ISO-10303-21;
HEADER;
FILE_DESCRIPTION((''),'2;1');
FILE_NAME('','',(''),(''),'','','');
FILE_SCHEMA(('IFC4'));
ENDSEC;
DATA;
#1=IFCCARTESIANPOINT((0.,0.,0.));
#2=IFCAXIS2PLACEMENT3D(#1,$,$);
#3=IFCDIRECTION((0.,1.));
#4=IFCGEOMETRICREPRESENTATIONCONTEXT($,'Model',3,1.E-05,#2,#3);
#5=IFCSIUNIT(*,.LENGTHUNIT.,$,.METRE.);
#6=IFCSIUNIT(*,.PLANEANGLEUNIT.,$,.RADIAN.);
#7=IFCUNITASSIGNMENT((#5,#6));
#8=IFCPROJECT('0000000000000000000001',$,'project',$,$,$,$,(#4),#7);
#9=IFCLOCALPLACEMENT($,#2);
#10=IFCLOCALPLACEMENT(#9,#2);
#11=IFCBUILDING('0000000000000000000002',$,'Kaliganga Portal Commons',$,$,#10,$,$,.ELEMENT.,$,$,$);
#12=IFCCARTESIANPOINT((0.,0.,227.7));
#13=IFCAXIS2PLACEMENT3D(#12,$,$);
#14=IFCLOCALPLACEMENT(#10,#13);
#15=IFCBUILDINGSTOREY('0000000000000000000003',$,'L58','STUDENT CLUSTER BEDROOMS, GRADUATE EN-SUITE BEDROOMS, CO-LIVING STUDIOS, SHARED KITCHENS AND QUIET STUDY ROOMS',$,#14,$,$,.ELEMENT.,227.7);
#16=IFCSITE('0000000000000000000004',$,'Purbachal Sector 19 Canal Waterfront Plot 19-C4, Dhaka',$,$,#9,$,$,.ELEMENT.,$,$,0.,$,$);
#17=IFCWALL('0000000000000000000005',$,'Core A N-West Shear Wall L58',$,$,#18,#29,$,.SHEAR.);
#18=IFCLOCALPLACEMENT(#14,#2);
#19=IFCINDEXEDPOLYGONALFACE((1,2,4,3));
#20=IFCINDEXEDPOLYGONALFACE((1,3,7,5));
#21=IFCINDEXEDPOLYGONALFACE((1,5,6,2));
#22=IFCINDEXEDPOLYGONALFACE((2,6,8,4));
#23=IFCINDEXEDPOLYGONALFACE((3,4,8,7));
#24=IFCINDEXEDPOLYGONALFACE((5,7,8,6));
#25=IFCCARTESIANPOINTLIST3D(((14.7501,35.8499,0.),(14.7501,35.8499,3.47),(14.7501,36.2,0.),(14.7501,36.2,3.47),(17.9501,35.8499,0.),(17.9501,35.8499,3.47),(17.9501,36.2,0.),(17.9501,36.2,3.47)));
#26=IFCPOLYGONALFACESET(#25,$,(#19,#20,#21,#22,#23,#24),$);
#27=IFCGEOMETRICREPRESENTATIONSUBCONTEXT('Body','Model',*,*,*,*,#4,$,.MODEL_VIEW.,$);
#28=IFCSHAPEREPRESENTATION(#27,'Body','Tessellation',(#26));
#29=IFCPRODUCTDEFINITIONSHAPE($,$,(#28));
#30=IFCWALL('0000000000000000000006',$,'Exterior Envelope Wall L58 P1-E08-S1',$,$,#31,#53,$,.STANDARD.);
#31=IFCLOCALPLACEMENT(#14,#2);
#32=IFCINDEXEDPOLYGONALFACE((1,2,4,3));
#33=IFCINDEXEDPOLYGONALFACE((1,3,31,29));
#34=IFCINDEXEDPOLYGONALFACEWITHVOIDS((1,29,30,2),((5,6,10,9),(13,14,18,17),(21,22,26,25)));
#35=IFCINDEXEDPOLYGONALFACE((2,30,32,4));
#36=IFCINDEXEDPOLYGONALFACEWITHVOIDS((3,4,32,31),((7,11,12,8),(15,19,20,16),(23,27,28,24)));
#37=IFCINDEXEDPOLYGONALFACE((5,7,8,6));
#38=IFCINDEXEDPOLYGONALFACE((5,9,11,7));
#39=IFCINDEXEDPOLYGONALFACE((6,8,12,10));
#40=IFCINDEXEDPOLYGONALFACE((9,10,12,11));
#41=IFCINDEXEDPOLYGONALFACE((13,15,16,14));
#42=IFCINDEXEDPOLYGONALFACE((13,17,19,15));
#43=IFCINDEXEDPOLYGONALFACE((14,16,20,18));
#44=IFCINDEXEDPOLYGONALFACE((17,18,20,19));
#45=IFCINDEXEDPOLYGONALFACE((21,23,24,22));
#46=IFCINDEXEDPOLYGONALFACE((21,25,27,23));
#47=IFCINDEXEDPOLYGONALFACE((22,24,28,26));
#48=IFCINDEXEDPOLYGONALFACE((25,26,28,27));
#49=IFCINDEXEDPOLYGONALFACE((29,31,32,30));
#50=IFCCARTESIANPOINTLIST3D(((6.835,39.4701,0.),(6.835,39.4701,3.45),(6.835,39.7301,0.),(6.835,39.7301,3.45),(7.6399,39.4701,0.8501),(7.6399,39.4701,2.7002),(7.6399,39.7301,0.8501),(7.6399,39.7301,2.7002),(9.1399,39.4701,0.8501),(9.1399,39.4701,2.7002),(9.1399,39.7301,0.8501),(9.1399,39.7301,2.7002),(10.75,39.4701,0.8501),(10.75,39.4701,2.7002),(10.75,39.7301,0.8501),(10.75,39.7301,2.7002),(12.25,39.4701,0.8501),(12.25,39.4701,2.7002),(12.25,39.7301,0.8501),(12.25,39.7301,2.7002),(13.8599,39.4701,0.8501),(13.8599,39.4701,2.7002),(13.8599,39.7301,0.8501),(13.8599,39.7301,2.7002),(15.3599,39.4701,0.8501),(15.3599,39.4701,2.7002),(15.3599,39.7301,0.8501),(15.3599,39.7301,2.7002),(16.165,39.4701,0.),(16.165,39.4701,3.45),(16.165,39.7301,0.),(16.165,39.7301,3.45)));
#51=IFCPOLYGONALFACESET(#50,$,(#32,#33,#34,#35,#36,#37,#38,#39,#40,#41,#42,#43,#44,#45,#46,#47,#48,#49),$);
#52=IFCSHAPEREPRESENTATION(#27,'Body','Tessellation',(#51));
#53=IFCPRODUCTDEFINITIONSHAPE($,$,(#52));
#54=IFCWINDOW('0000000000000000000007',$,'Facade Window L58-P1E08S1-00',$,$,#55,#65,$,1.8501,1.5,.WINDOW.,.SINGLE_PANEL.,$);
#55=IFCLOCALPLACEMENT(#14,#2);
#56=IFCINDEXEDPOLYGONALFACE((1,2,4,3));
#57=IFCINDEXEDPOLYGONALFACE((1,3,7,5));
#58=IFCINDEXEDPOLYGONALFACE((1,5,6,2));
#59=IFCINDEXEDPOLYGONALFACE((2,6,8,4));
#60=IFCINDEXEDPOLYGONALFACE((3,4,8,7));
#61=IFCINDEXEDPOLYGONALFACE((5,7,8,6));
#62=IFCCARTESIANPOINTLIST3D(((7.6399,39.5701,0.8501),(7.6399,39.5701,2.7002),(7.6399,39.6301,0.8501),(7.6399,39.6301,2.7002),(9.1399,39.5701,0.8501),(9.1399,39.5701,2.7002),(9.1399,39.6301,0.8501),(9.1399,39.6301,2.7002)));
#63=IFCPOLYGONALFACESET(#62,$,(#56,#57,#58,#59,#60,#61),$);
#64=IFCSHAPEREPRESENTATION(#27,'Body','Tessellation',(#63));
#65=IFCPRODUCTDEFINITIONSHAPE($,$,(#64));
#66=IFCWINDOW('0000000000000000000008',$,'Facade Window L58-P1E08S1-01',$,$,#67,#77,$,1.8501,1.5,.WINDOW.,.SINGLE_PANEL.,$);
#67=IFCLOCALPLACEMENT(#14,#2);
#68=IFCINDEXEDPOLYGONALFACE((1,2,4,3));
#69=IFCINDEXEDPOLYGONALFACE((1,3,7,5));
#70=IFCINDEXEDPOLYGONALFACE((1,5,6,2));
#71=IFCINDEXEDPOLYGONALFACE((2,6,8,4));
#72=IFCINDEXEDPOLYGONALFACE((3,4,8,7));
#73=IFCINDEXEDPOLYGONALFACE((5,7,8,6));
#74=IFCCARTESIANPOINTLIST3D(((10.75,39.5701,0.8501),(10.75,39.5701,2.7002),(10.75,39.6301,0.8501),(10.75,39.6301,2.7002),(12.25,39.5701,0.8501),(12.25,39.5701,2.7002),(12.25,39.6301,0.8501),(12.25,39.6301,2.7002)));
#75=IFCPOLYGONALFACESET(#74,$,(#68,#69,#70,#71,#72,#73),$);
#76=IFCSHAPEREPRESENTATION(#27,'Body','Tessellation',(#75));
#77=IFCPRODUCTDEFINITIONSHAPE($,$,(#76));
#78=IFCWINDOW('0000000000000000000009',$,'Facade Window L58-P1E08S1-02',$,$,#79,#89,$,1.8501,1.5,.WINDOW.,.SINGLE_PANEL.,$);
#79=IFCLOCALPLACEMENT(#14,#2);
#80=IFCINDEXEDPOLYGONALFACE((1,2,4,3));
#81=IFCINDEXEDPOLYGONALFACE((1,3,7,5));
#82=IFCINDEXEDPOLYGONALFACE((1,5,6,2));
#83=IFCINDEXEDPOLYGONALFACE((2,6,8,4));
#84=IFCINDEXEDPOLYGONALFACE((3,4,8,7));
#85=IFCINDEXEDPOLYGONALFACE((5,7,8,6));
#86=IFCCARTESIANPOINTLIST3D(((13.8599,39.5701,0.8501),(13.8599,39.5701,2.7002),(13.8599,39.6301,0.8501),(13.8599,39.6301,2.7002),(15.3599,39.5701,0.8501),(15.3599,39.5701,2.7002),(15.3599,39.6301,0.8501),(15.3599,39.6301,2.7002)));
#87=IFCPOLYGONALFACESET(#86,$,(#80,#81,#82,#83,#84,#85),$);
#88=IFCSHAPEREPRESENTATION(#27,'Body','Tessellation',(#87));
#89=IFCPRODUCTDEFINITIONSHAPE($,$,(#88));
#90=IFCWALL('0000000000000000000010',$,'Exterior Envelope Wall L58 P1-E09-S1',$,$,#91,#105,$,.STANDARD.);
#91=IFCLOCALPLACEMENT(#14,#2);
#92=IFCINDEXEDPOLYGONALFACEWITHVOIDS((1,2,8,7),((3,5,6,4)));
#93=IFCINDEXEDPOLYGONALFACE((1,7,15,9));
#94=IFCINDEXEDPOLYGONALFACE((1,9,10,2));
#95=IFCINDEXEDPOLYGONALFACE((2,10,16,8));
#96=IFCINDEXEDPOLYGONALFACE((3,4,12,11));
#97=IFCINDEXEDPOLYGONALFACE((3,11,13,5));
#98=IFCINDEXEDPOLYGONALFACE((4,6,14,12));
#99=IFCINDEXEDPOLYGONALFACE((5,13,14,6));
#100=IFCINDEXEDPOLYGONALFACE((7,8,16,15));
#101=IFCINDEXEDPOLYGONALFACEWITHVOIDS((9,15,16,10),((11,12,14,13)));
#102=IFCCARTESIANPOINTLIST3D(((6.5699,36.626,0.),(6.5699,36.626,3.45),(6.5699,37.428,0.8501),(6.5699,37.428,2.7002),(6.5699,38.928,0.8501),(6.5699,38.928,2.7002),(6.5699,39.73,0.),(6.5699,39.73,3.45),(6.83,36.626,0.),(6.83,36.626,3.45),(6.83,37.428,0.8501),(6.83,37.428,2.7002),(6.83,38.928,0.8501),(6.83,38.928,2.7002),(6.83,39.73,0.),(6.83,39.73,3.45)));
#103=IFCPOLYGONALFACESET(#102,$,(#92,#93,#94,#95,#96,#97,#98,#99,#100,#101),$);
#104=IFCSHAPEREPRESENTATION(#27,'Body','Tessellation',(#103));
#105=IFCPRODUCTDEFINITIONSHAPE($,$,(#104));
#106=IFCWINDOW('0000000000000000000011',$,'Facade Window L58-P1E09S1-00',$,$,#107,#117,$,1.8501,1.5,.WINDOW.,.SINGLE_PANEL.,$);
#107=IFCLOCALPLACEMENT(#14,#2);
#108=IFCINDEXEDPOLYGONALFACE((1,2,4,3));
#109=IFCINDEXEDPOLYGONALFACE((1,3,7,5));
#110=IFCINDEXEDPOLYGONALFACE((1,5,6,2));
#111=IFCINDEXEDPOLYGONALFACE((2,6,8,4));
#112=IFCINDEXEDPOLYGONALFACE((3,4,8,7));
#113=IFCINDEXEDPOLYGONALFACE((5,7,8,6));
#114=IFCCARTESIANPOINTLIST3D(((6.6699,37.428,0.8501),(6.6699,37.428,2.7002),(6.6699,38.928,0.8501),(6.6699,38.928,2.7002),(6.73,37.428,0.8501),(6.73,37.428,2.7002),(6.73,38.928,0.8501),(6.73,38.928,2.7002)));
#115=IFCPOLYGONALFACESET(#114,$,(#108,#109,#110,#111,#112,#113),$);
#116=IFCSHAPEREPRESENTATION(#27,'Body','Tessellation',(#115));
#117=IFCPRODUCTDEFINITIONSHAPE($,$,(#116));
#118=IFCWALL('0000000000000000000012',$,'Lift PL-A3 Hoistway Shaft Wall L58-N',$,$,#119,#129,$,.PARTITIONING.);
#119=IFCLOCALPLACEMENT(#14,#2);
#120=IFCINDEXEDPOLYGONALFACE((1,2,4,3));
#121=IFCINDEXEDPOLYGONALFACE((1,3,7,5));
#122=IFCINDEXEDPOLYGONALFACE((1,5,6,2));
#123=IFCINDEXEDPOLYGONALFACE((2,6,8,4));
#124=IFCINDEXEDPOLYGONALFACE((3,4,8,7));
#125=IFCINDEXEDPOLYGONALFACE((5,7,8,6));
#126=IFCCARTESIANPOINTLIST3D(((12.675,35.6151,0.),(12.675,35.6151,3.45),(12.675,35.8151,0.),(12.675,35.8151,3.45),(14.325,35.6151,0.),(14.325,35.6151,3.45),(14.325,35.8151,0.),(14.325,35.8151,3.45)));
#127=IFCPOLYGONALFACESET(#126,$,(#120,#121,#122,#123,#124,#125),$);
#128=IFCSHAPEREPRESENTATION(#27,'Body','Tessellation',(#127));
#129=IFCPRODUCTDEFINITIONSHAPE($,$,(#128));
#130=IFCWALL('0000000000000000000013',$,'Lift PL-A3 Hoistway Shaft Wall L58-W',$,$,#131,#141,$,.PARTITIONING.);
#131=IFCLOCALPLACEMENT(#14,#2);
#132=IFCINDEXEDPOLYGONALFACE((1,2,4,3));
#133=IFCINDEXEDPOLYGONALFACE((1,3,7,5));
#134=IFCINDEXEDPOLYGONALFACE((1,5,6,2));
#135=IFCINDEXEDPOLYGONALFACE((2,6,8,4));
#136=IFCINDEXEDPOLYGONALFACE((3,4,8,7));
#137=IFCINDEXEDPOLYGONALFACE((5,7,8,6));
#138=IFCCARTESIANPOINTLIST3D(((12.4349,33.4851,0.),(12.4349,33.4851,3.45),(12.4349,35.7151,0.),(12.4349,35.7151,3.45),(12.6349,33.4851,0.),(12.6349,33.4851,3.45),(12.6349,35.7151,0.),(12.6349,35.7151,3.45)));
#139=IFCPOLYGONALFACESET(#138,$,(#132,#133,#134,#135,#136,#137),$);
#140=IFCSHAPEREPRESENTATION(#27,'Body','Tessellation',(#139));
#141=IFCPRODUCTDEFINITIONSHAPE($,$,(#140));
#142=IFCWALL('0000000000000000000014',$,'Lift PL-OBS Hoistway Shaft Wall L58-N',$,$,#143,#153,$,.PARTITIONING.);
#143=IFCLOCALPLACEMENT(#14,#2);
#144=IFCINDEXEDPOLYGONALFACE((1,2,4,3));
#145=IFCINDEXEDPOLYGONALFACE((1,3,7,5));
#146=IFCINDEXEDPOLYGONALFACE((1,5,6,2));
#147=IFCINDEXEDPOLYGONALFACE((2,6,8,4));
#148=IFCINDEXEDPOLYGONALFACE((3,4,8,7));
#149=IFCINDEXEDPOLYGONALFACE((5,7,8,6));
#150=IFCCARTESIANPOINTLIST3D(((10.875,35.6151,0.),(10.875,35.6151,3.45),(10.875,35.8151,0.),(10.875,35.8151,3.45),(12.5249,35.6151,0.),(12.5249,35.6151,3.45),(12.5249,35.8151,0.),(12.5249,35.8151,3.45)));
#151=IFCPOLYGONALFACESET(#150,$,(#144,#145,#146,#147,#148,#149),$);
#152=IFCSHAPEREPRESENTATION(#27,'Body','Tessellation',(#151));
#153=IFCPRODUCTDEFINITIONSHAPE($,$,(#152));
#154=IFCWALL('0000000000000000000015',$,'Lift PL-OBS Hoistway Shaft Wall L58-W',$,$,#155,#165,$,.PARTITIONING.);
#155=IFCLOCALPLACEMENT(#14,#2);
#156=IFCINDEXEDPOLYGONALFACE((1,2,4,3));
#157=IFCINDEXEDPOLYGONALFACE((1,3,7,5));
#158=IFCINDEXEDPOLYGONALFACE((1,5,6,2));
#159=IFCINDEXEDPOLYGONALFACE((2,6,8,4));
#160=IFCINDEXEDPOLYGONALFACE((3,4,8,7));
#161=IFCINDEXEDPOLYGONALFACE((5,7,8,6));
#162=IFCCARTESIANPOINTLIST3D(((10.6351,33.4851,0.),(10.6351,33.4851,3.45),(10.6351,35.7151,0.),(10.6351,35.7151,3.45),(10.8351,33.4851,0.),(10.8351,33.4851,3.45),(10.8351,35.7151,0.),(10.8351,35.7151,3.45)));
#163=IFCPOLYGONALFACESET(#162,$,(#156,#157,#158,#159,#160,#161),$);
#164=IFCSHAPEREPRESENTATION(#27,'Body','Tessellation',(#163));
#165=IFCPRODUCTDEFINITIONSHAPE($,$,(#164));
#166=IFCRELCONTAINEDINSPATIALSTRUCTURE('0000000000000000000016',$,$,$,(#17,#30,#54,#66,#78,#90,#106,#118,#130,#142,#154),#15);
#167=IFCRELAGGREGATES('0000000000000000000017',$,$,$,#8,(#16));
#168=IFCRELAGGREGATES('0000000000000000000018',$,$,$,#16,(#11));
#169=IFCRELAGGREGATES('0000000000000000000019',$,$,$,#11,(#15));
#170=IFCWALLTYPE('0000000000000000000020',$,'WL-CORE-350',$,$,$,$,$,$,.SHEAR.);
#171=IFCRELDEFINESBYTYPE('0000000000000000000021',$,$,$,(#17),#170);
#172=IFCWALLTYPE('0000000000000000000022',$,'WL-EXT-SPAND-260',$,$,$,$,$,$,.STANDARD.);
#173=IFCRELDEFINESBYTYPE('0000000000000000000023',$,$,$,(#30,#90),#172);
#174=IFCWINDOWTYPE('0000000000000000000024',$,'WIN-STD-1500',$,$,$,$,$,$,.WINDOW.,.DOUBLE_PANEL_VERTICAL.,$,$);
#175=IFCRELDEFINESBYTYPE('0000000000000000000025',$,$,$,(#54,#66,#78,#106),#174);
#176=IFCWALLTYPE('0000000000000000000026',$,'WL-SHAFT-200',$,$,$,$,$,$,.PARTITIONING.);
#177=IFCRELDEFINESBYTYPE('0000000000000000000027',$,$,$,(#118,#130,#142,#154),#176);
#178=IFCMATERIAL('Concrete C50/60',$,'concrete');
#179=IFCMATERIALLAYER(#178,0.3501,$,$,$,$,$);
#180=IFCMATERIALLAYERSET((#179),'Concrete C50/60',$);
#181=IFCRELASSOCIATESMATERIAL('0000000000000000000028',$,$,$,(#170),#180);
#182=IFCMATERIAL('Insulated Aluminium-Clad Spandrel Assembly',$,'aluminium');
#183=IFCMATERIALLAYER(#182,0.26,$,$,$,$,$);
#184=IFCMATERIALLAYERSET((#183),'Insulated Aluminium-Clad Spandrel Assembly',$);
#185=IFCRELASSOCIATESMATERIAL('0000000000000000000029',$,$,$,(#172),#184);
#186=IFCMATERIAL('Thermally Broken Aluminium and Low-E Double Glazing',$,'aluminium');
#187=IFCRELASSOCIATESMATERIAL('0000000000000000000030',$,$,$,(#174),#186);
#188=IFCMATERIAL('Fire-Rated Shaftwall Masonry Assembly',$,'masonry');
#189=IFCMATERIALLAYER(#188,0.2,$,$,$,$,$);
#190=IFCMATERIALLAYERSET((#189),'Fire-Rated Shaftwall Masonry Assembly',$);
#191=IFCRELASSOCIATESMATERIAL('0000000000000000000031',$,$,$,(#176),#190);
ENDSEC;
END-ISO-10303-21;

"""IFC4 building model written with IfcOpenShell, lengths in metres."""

from ifc_helpers import new_model, si_unit, direction, frame, frame_2d, origin, place, context, subcontext, project, spatial, rectangle, extrude, material, layer, layer_set, type_object, element, fill, save


model = new_model("IFC4")

# Units and contexts
model_context = context("Model", 3, precision=1e-05, world=origin(), true_north=direction((0.0, 1.0)))
body_context = subcontext(model_context, "Body", "Model", "MODEL_VIEW")
ifc_project = project(units=[si_unit("LENGTHUNIT", "METRE"), si_unit("PLANEANGLEUNIT", "RADIAN")], contexts=[model_context])

# Site, building, storey
site_placement = place(None, origin())
site = spatial("IfcSite", under=ifc_project, at=site_placement, Name="Purbachal Sector 19 Canal Waterfront Plot 19-C4, Dhaka", CompositionType="ELEMENT", RefElevation=0.0)
building_placement = place(site_placement, origin())
building = spatial("IfcBuilding", under=site, at=building_placement, Name="Kaliganga Portal Commons", CompositionType="ELEMENT")
storey_placement = place(building_placement, frame((0.0, 0.0, 227.7)))
storey = spatial("IfcBuildingStorey", under=building, at=storey_placement, Name="L58", Description="STUDENT CLUSTER BEDROOMS, GRADUATE EN-SUITE BEDROOMS, CO-LIVING STUDIOS, SHARED KITCHENS AND QUIET STUDY ROOMS", CompositionType="ELEMENT", Elevation=227.7)

# Shared definitions
ifc_material_1 = material(Name="Concrete C50/60", Category="concrete")

# Wall
ifc_layer_1 = layer(ifc_material_1, 0.3501)
ifc_layer_set_1 = layer_set([ifc_layer_1], Name="Concrete C50/60")
wall_type_1 = type_object("IfcWallType", Name="WL-CORE-350", PredefinedType="SHEAR", material=ifc_layer_set_1)
wall_1_placement = place(storey_placement, frame((14.75, 36.0249, 0.0), z_axis=(0.0, 0.0, 1.0), x_axis=(1.0, 0.0, 0.0)))
element("IfcWall", 1, at=wall_1_placement, inside=storey, type_object=wall_type_1, Name="Core A N-West Shear Wall L58", PredefinedType="SHEAR", context=body_context, shape_type="SweptSolid", body=[
    extrude(rectangle(XDim=3.2, YDim=0.3501, at=frame_2d((1.6001, 0.0))), origin(), (0.0, 0.0, 1.0), 3.47),
])

# Wall, openings, windows
ifc_material_2 = material(Name="Insulated Aluminium-Clad Spandrel Assembly", Category="aluminium")
ifc_layer_2 = layer(ifc_material_2, 0.26)
ifc_layer_set_2 = layer_set([ifc_layer_2], Name="Insulated Aluminium-Clad Spandrel Assembly")
wall_type_2 = type_object("IfcWallType", Name="WL-EXT-SPAND-260", PredefinedType="STANDARD", material=ifc_layer_set_2)
wall_2_placement = place(storey_placement, frame((6.835, 39.6001, 0.0), z_axis=(0.0, 0.0, 1.0), x_axis=(1.0, 0.0, 0.0)))
wall_2 = element("IfcWall", 2, at=wall_2_placement, inside=storey, type_object=wall_type_2, Name="Exterior Envelope Wall L58 P1-E08-S1", PredefinedType="STANDARD", context=body_context, shape_type="SweptSolid", body=[
    extrude(rectangle(XDim=9.3301, YDim=0.26, at=frame_2d((4.665, 0.0))), origin(), (0.0, 0.0, 1.0), 3.45),
])
opening_1_placement = place(wall_2_placement, frame((0.8049, 0.0, 0.8501)))
opening_1 = element("IfcOpeningElement", 3, at=opening_1_placement, cuts=wall_2, PredefinedType="OPENING", context=body_context, shape_type="SweptSolid", body=[
    extrude(rectangle(XDim=1.5, YDim=1.8501, at=frame_2d((0.75, 0.925))), frame((0.0, 0.1401, 0.0), z_axis=(0.0, -1.0, 0.0), x_axis=(1.0, 0.0, 0.0)), (0.0, 0.0, 1.0), 0.28),
])
opening_2_placement = place(wall_2_placement, frame((3.915, 0.0, 0.8501)))
opening_2 = element("IfcOpeningElement", 4, at=opening_2_placement, cuts=wall_2, PredefinedType="OPENING", context=body_context, shape_type="SweptSolid", body=[
    extrude(rectangle(XDim=1.5, YDim=1.8501, at=frame_2d((0.75, 0.925))), frame((0.0, 0.1401, 0.0), z_axis=(0.0, -1.0, 0.0), x_axis=(1.0, 0.0, 0.0)), (0.0, 0.0, 1.0), 0.28),
])
opening_3_placement = place(wall_2_placement, frame((7.0249, 0.0, 0.8501)))
opening_3 = element("IfcOpeningElement", 5, at=opening_3_placement, cuts=wall_2, PredefinedType="OPENING", context=body_context, shape_type="SweptSolid", body=[
    extrude(rectangle(XDim=1.5, YDim=1.8501, at=frame_2d((0.75, 0.925))), frame((0.0, 0.1401, 0.0), z_axis=(0.0, -1.0, 0.0), x_axis=(1.0, 0.0, 0.0)), (0.0, 0.0, 1.0), 0.28),
])
ifc_material_3 = material(Name="Thermally Broken Aluminium and Low-E Double Glazing", Category="aluminium")
window_type = type_object("IfcWindowType", Name="WIN-STD-1500", PartitioningType="DOUBLE_PANEL_VERTICAL", PredefinedType="WINDOW", material=ifc_material_3)
window_1_placement = place(opening_1_placement, origin())
window_1 = element("IfcWindow", 6, at=window_1_placement, inside=storey, type_object=window_type, Name="Facade Window L58-P1E08S1-00", OverallHeight=1.8501, OverallWidth=1.5, PartitioningType="SINGLE_PANEL", PredefinedType="WINDOW", context=body_context, shape_type="SweptSolid", body=[
    extrude(rectangle(XDim=1.5, YDim=1.8501, at=frame_2d((0.75, 0.925))), frame((0.0, 0.03, 0.0), z_axis=(0.0, -1.0, 0.0), x_axis=(1.0, 0.0, 0.0)), (0.0, 0.0, 1.0), 0.0601),
])
fill(opening_1, window_1)
window_2_placement = place(opening_2_placement, origin())
window_2 = element("IfcWindow", 7, at=window_2_placement, inside=storey, type_object=window_type, Name="Facade Window L58-P1E08S1-01", OverallHeight=1.8501, OverallWidth=1.5, PartitioningType="SINGLE_PANEL", PredefinedType="WINDOW", context=body_context, shape_type="SweptSolid", body=[
    extrude(rectangle(XDim=1.5, YDim=1.8501, at=frame_2d((0.75, 0.925))), frame((0.0, 0.03, 0.0), z_axis=(0.0, -1.0, 0.0), x_axis=(1.0, 0.0, 0.0)), (0.0, 0.0, 1.0), 0.0601),
])
fill(opening_2, window_2)
window_3_placement = place(opening_3_placement, origin())
window_3 = element("IfcWindow", 8, at=window_3_placement, inside=storey, type_object=window_type, Name="Facade Window L58-P1E08S1-02", OverallHeight=1.8501, OverallWidth=1.5, PartitioningType="SINGLE_PANEL", PredefinedType="WINDOW", context=body_context, shape_type="SweptSolid", body=[
    extrude(rectangle(XDim=1.5, YDim=1.8501, at=frame_2d((0.75, 0.925))), frame((0.0, 0.03, 0.0), z_axis=(0.0, -1.0, 0.0), x_axis=(1.0, 0.0, 0.0)), (0.0, 0.0, 1.0), 0.0601),
])
fill(opening_3, window_3)

# Wall, opening, window
wall_3_placement = place(storey_placement, frame((6.7, 36.626, 0.0), z_axis=(0.0, 0.0, 1.0), x_axis=(0.0, 1.0, 0.0)))
wall_3 = element("IfcWall", 9, at=wall_3_placement, inside=storey, type_object=wall_type_2, Name="Exterior Envelope Wall L58 P1-E09-S1", PredefinedType="STANDARD", context=body_context, shape_type="SweptSolid", body=[
    extrude(rectangle(XDim=3.104, YDim=0.26, at=frame_2d((1.552, 0.0))), origin(), (0.0, 0.0, 1.0), 3.45),
])
opening_4_placement = place(wall_3_placement, frame((0.802, 0.0, 0.8501)))
opening_4 = element("IfcOpeningElement", 10, at=opening_4_placement, cuts=wall_3, PredefinedType="OPENING", context=body_context, shape_type="SweptSolid", body=[
    extrude(rectangle(XDim=1.5, YDim=1.8501, at=frame_2d((0.75, 0.925))), frame((0.0, 0.1401, 0.0), z_axis=(0.0, -1.0, 0.0), x_axis=(1.0, 0.0, 0.0)), (0.0, 0.0, 1.0), 0.28),
])
window_4_placement = place(opening_4_placement, origin())
window_4 = element("IfcWindow", 11, at=window_4_placement, inside=storey, type_object=window_type, Name="Facade Window L58-P1E09S1-00", OverallHeight=1.8501, OverallWidth=1.5, PartitioningType="SINGLE_PANEL", PredefinedType="WINDOW", context=body_context, shape_type="SweptSolid", body=[
    extrude(rectangle(XDim=1.5, YDim=1.8501, at=frame_2d((0.75, 0.925))), frame((0.0, 0.03, 0.0), z_axis=(0.0, -1.0, 0.0), x_axis=(1.0, 0.0, 0.0)), (0.0, 0.0, 1.0), 0.0601),
])
fill(opening_4, window_4)

# Shared definitions
ifc_material_4 = material(Name="Fire-Rated Shaftwall Masonry Assembly", Category="masonry")
ifc_layer_3 = layer(ifc_material_4, 0.2)
ifc_layer_set_3 = layer_set([ifc_layer_3], Name="Fire-Rated Shaftwall Masonry Assembly")
wall_type_3 = type_object("IfcWallType", Name="WL-SHAFT-200", PredefinedType="PARTITIONING", material=ifc_layer_set_3)

# Walls
wall_4_placement = place(storey_placement, frame((12.675, 35.7151, 0.0), z_axis=(0.0, 0.0, 1.0), x_axis=(1.0, 0.0, 0.0)))
element("IfcWall", 12, at=wall_4_placement, inside=storey, type_object=wall_type_3, Name="Lift PL-A3 Hoistway Shaft Wall L58-N", PredefinedType="PARTITIONING", context=body_context, shape_type="SweptSolid", body=[
    extrude(rectangle(XDim=1.6499, YDim=0.2, at=frame_2d((0.825, 0.0))), origin(), (0.0, 0.0, 1.0), 3.45),
])
wall_5_placement = place(storey_placement, frame((12.5349, 33.4851, 0.0), z_axis=(0.0, 0.0, 1.0), x_axis=(0.0, 1.0, 0.0)))
element("IfcWall", 13, at=wall_5_placement, inside=storey, type_object=wall_type_3, Name="Lift PL-A3 Hoistway Shaft Wall L58-W", PredefinedType="PARTITIONING", context=body_context, shape_type="SweptSolid", body=[
    extrude(rectangle(XDim=2.23, YDim=0.2, at=frame_2d((1.115, 0.0))), origin(), (0.0, 0.0, 1.0), 3.45),
])

# Walls
wall_6_placement = place(storey_placement, frame((10.875, 35.7151, 0.0), z_axis=(0.0, 0.0, 1.0), x_axis=(1.0, 0.0, 0.0)))
element("IfcWall", 14, at=wall_6_placement, inside=storey, type_object=wall_type_3, Name="Lift PL-OBS Hoistway Shaft Wall L58-N", PredefinedType="PARTITIONING", context=body_context, shape_type="SweptSolid", body=[
    extrude(rectangle(XDim=1.6499, YDim=0.2, at=frame_2d((0.825, 0.0))), origin(), (0.0, 0.0, 1.0), 3.45),
])
wall_7_placement = place(storey_placement, frame((10.7351, 33.4851, 0.0), z_axis=(0.0, 0.0, 1.0), x_axis=(0.0, 1.0, 0.0)))
element("IfcWall", 15, at=wall_7_placement, inside=storey, type_object=wall_type_3, Name="Lift PL-OBS Hoistway Shaft Wall L58-W", PredefinedType="PARTITIONING", context=body_context, shape_type="SweptSolid", body=[
    extrude(rectangle(XDim=2.23, YDim=0.2, at=frame_2d((1.115, 0.0))), origin(), (0.0, 0.0, 1.0), 3.45),
])

save(model, "model.ifc")
